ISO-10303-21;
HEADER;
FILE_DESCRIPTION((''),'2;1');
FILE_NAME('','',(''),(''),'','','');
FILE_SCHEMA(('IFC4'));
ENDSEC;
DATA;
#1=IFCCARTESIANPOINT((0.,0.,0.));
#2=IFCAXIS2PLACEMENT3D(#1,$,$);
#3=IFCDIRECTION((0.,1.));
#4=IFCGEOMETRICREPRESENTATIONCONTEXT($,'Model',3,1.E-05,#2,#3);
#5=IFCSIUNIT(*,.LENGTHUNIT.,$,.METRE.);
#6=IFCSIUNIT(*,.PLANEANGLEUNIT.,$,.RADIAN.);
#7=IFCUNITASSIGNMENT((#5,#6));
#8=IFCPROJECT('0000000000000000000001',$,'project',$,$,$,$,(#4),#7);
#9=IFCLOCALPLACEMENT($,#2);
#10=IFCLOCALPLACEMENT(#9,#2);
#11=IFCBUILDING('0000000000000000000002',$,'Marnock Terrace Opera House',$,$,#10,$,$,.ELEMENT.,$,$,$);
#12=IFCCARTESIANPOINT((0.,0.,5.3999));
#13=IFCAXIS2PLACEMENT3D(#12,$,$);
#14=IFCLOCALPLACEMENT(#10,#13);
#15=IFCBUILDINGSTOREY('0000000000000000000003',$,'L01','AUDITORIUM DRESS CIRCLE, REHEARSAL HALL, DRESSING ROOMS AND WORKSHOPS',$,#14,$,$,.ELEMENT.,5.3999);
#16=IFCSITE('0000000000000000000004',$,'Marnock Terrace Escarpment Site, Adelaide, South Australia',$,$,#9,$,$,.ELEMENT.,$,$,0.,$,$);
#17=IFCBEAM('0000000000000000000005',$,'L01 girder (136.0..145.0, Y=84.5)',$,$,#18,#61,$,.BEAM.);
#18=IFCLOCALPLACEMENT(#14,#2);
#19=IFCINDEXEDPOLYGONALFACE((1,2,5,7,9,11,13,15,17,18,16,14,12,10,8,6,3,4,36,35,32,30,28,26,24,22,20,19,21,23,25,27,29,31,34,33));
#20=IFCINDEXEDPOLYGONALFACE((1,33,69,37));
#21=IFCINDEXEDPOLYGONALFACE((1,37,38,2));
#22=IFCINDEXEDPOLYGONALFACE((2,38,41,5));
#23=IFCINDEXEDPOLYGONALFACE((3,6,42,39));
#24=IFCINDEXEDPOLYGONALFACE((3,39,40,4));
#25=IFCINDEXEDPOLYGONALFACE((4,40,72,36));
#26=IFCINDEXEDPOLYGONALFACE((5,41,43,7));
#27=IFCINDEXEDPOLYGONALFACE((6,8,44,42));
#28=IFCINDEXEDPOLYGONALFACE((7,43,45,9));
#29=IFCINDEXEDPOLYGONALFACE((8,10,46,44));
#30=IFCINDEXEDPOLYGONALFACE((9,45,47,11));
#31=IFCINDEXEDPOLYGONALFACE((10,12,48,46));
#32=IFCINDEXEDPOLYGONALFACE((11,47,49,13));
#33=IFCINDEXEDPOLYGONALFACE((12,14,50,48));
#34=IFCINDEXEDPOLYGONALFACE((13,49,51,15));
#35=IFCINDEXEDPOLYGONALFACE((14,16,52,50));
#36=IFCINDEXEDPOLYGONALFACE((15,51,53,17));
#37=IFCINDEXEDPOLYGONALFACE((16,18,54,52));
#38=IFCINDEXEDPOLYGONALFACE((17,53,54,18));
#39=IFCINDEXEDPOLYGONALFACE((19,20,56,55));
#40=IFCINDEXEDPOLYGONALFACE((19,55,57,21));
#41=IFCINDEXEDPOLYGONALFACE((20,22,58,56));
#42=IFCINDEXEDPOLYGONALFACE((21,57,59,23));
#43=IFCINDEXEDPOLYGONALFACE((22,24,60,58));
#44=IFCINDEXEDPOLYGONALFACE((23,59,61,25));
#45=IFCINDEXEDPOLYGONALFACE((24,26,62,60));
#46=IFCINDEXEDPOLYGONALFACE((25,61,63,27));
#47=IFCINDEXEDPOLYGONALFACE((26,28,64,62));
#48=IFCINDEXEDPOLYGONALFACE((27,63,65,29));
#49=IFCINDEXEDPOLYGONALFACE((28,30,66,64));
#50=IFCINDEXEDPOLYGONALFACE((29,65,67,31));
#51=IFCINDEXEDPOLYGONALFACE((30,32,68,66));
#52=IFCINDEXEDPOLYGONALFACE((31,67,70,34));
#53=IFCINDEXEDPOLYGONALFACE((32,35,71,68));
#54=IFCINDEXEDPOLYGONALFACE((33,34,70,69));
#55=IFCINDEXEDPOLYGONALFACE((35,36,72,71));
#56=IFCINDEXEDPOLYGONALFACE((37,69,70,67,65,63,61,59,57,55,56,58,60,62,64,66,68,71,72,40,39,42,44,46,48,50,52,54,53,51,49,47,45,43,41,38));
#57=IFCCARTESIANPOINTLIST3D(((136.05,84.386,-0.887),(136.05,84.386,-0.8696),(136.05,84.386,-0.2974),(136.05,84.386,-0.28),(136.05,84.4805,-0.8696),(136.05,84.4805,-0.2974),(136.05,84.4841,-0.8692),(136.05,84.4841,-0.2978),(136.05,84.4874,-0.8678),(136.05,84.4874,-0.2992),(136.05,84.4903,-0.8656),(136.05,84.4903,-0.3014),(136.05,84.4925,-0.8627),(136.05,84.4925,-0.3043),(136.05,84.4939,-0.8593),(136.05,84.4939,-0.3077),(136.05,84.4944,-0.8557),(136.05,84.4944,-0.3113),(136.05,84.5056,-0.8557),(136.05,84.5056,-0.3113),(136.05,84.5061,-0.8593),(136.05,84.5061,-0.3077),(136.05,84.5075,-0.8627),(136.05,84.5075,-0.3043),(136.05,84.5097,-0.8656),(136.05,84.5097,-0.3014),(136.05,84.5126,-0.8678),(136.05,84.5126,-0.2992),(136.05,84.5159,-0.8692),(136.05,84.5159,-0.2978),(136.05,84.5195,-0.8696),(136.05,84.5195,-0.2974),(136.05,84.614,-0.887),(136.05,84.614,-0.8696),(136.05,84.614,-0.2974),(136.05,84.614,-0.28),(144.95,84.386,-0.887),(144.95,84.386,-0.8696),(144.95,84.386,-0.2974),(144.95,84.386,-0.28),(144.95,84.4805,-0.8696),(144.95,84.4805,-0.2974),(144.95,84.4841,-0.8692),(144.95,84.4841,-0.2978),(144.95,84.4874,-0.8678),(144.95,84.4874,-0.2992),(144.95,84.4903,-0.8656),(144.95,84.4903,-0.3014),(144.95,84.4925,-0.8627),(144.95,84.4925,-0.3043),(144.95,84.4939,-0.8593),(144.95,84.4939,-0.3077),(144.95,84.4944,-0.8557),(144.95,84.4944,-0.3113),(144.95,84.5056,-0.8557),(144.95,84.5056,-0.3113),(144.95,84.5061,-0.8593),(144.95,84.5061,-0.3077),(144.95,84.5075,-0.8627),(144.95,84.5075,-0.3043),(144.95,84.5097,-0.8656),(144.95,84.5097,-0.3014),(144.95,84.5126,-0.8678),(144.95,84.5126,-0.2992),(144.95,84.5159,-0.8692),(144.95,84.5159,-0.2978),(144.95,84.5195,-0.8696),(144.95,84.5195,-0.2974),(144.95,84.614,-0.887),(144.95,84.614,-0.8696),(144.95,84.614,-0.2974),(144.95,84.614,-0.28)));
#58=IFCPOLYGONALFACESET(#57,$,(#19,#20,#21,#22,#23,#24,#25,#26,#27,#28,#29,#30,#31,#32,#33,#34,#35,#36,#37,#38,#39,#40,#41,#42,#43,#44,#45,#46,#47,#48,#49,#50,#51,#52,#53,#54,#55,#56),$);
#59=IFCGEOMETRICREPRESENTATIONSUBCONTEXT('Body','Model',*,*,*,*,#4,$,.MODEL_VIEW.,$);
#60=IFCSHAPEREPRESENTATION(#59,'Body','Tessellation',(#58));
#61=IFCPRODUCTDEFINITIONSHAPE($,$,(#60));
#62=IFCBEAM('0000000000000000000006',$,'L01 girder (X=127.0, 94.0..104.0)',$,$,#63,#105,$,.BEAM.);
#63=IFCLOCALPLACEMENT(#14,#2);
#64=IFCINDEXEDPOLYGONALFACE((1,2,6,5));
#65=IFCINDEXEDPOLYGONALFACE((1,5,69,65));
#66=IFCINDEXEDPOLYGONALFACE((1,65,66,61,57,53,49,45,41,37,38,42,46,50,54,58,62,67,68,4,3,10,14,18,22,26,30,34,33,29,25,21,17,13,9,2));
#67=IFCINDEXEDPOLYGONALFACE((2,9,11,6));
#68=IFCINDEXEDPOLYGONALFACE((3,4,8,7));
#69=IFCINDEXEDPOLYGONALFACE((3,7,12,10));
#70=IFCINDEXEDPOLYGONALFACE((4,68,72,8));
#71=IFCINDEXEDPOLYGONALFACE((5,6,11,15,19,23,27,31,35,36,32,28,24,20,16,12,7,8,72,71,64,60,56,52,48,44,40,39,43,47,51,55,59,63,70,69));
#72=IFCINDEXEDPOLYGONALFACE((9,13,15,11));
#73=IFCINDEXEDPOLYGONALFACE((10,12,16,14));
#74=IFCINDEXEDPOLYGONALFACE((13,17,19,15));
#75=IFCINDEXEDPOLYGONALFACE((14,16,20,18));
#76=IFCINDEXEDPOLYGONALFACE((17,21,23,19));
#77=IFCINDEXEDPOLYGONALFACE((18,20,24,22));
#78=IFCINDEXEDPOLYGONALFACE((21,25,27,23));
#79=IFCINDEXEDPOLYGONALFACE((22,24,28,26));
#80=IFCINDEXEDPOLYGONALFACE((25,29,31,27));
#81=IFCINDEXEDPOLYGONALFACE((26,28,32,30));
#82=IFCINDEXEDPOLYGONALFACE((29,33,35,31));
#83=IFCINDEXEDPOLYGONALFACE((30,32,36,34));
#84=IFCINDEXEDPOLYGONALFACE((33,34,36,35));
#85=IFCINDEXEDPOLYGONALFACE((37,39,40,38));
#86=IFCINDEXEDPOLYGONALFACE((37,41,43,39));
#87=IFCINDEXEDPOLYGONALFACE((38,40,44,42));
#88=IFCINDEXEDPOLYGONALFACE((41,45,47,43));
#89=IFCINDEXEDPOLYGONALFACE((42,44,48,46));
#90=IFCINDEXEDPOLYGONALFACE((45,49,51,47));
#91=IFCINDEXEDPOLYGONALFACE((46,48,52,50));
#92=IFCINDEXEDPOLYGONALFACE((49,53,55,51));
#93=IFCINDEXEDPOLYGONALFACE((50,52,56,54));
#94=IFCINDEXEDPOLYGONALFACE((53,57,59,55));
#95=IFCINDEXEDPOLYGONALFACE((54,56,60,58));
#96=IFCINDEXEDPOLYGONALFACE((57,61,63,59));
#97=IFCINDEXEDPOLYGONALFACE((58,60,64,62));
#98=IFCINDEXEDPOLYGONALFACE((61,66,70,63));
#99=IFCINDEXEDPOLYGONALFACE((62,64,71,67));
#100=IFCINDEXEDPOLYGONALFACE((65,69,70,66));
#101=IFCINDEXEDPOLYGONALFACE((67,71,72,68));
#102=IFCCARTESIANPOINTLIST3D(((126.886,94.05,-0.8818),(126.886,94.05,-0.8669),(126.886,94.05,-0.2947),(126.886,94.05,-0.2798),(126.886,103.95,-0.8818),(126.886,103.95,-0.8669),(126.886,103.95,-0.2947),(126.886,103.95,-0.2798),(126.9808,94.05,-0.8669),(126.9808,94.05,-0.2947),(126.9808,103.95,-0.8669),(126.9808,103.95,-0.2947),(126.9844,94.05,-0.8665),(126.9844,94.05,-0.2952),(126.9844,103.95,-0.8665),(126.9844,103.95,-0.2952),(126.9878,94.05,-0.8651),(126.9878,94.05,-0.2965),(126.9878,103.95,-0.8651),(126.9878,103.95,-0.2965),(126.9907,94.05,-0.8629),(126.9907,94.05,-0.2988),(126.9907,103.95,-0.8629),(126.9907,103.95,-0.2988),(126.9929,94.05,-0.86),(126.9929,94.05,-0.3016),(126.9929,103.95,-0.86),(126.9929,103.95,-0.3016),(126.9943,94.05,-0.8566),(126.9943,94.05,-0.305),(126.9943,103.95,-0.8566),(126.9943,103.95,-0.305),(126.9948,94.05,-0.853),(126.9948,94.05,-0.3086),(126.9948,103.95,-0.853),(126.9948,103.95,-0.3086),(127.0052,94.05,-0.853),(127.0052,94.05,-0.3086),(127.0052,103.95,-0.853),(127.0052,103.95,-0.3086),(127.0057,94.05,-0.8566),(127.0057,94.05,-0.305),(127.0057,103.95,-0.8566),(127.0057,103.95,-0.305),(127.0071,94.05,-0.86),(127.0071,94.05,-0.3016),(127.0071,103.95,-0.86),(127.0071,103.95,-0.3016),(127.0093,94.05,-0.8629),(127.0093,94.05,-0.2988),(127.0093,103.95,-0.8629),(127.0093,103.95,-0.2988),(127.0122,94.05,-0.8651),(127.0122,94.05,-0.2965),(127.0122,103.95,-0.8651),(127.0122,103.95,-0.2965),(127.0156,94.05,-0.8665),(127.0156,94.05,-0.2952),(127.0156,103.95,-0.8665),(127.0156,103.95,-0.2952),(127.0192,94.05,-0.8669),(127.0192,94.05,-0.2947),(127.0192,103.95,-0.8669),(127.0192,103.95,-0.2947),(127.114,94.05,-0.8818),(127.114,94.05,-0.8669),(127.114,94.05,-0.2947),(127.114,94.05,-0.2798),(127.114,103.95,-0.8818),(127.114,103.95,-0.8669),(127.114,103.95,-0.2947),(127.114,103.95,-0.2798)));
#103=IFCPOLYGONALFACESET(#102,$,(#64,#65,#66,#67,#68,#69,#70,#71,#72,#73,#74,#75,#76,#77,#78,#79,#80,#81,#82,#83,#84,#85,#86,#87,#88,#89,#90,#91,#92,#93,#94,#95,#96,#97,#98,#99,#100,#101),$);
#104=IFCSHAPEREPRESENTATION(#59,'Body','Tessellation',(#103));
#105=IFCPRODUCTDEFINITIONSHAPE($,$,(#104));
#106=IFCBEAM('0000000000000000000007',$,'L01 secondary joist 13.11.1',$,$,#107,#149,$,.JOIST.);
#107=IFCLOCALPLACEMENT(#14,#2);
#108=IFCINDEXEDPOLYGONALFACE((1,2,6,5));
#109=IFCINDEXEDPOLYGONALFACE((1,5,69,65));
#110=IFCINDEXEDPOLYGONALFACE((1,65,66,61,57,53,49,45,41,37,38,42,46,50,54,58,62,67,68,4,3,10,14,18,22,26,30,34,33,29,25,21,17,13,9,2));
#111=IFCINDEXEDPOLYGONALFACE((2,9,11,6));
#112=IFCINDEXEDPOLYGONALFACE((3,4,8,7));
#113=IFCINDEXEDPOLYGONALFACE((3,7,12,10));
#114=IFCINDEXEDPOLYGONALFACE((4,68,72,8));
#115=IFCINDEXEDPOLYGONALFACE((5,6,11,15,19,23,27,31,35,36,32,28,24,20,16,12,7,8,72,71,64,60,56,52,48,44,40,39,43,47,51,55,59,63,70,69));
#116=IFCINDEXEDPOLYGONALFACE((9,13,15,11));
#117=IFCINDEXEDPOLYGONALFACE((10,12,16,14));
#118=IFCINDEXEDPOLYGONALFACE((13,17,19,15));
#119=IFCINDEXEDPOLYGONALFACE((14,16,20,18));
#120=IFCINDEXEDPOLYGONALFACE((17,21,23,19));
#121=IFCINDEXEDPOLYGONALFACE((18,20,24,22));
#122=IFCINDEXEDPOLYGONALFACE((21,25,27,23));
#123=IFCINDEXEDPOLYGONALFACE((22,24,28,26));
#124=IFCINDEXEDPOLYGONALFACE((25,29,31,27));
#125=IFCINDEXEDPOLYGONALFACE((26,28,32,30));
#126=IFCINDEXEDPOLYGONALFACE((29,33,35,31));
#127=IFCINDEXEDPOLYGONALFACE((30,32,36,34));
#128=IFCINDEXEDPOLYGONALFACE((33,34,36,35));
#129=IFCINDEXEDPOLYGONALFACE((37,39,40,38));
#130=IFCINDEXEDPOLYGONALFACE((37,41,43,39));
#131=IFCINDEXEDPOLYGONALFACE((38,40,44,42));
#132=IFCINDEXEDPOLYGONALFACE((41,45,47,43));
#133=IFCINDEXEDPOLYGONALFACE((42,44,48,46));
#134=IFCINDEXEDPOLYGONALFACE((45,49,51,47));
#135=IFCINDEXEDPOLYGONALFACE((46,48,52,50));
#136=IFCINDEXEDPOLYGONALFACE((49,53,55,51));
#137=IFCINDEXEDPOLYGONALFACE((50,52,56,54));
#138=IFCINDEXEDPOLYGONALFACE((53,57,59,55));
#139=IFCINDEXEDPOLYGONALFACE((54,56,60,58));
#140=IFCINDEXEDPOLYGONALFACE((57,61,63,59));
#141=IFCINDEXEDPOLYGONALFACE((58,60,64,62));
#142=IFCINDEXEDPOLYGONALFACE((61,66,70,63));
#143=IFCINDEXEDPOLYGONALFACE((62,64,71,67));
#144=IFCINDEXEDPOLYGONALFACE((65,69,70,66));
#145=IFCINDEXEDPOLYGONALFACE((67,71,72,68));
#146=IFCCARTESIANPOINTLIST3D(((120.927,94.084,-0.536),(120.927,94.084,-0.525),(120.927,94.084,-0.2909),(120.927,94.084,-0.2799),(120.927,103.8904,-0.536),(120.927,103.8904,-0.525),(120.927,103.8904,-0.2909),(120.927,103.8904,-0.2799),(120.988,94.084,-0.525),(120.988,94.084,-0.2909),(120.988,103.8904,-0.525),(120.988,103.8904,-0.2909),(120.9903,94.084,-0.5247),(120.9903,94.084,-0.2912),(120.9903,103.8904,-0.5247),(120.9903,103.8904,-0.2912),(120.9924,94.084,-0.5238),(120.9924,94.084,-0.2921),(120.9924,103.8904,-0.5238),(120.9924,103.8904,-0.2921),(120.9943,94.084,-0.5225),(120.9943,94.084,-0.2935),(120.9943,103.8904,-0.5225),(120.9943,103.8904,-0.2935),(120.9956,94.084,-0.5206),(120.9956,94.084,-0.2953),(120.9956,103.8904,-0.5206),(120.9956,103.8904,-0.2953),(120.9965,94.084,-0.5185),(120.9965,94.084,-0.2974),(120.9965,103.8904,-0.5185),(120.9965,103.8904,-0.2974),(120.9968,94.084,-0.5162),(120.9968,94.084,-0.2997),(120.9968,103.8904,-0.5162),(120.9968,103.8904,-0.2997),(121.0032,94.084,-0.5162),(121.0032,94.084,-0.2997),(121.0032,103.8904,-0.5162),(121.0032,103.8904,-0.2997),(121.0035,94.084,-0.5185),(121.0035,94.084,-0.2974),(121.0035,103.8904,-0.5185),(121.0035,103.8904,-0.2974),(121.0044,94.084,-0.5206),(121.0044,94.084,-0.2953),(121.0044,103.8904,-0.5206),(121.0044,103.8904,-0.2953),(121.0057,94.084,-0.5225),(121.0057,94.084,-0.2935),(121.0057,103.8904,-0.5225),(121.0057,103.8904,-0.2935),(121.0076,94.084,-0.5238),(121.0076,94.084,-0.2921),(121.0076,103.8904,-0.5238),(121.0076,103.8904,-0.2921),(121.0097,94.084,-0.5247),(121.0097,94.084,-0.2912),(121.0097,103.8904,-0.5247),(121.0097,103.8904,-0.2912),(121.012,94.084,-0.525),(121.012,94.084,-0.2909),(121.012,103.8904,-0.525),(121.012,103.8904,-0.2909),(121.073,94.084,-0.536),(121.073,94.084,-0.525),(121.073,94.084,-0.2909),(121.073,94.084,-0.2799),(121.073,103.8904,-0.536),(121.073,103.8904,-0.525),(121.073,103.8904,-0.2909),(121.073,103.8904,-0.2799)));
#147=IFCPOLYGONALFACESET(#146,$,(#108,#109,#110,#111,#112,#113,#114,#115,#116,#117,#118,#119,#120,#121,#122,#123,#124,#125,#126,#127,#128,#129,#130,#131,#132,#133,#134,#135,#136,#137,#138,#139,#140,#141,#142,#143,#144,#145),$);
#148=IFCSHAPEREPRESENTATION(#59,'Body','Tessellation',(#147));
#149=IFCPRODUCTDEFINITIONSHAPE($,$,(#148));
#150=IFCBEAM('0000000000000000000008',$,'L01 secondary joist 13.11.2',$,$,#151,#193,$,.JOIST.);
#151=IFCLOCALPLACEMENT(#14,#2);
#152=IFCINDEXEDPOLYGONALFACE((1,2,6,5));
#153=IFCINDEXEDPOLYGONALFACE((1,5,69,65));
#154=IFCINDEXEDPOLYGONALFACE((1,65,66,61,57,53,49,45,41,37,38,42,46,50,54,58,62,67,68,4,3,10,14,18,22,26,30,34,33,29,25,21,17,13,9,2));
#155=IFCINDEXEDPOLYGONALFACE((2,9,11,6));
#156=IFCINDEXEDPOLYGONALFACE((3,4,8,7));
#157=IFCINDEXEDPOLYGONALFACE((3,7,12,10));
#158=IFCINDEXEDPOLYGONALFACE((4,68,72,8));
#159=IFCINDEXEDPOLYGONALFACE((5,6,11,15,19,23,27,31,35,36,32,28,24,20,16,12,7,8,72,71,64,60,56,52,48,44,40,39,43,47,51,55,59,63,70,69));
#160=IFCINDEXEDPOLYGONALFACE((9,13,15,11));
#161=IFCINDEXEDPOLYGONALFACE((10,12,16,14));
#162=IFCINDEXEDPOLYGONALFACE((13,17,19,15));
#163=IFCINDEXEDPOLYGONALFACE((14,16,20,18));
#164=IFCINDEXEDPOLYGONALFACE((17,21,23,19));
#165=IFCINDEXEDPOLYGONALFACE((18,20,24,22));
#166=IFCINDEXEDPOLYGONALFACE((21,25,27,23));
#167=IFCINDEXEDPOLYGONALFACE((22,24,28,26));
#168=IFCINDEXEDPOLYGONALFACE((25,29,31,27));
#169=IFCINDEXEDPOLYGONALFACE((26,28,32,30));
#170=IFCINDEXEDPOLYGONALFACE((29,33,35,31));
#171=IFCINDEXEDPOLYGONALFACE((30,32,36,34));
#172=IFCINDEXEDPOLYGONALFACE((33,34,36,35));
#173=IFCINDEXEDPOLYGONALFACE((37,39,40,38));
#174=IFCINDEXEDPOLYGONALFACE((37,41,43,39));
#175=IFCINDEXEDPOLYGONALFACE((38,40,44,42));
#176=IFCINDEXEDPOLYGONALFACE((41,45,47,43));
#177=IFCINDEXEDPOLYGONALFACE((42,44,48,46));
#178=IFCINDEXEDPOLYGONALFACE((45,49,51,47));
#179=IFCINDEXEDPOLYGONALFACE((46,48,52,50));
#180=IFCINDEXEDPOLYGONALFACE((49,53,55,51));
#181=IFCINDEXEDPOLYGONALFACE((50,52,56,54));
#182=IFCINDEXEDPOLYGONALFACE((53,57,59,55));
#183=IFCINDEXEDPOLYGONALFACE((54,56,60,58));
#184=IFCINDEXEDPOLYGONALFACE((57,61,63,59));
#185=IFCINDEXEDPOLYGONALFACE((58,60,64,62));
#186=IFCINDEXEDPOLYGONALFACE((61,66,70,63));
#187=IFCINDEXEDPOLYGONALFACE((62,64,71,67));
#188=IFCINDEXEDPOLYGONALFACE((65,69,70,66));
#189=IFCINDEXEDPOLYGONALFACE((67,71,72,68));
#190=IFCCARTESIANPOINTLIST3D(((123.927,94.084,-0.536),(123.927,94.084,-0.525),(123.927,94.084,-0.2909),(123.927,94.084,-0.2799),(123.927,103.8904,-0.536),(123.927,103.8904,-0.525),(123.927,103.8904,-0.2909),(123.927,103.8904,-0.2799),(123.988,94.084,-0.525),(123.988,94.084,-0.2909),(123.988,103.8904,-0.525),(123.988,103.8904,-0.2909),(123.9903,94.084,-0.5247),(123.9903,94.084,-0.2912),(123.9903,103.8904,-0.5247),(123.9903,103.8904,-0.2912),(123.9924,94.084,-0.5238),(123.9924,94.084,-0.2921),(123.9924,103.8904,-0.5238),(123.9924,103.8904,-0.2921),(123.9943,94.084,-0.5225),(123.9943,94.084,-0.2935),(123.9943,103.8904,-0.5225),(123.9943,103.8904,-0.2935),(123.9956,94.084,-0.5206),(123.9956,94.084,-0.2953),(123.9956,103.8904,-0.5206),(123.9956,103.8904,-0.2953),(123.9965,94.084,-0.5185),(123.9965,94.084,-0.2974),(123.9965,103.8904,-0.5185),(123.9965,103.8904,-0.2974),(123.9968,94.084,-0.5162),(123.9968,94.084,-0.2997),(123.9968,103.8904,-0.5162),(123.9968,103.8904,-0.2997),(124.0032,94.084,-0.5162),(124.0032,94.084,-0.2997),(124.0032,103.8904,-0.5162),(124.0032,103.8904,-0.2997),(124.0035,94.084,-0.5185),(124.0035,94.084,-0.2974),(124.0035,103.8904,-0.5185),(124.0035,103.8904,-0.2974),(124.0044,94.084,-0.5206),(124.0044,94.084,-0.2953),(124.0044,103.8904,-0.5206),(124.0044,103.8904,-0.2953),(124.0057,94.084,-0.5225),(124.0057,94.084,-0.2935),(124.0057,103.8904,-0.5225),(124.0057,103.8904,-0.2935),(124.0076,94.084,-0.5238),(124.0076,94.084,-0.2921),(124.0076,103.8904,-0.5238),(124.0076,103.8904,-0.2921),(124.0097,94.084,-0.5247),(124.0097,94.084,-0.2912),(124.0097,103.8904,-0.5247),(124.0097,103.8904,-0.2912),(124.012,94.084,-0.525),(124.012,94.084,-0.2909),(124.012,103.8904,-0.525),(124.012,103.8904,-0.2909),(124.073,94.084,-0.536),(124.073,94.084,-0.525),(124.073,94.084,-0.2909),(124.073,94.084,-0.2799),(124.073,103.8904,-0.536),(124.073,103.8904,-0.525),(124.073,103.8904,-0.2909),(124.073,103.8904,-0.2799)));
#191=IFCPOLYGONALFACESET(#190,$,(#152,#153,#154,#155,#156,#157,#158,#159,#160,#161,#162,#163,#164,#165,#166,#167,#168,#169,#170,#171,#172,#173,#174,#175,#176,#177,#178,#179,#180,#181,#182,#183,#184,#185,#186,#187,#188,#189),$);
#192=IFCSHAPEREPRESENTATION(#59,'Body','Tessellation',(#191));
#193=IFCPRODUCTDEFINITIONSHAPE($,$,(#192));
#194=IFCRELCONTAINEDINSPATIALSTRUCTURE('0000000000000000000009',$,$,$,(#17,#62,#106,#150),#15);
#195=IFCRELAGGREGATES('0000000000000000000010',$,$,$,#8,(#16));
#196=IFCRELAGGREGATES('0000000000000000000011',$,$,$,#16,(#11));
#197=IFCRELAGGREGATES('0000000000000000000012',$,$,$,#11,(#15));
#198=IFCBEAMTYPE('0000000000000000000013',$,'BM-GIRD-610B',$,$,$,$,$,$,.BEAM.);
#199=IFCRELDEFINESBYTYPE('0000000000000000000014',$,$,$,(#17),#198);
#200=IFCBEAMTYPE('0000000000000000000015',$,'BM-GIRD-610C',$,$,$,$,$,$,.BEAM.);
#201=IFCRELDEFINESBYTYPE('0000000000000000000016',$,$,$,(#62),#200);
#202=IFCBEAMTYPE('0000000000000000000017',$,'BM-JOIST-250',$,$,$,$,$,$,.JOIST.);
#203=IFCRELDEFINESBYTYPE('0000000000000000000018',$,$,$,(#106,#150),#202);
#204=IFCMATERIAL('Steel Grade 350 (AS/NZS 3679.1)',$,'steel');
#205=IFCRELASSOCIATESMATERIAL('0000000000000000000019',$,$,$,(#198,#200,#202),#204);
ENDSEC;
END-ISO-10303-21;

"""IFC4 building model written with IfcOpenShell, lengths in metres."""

from ifc_helpers import new_model, si_unit, direction, frame, origin, origin_2d, place, context, subcontext, project, spatial, i_section, extrude, material, material_profile, profile_set, type_object, element, save


model = new_model("IFC4")

# Units and contexts
model_context = context("Model", 3, precision=1e-05, world=origin(), true_north=direction((0.0, 1.0)))
body_context = subcontext(model_context, "Body", "Model", "MODEL_VIEW")
ifc_project = project(units=[si_unit("LENGTHUNIT", "METRE"), si_unit("PLANEANGLEUNIT", "RADIAN")], contexts=[model_context])

# Site, building, storey
site_placement = place(None, origin())
site = spatial("IfcSite", under=ifc_project, at=site_placement, Name="Marnock Terrace Escarpment Site, Adelaide, South Australia", CompositionType="ELEMENT", RefElevation=0.0)
building_placement = place(site_placement, origin())
building = spatial("IfcBuilding", under=site, at=building_placement, Name="Marnock Terrace Opera House", CompositionType="ELEMENT")
storey_placement = place(building_placement, frame((0.0, 0.0, 5.3999)))
storey = spatial("IfcBuildingStorey", under=building, at=storey_placement, Name="L01", Description="AUDITORIUM DRESS CIRCLE, REHEARSAL HALL, DRESSING ROOMS AND WORKSHOPS", CompositionType="ELEMENT", Elevation=5.3999)

# Beams
ifc_material_1 = material(Name="Steel Grade 350 (AS/NZS 3679.1)", Category="steel")
ifc_material_profile_1 = material_profile(ifc_material_1, i_section(OverallWidth=0.228, OverallDepth=0.6069, WebThickness=0.0112, FlangeThickness=0.0173, FilletRadius=0.0139, at=origin_2d()))
ifc_profile_set_1 = profile_set([ifc_material_profile_1], Name="Steel Grade 350 (AS/NZS 3679.1)")
beam_type_1 = type_object("IfcBeamType", Name="BM-GIRD-610B", PredefinedType="BEAM", material=ifc_profile_set_1)
beam_1_placement = place(storey_placement, frame((136.05, 84.5, -0.5835), z_axis=(1.0, 0.0, 0.0), x_axis=(0.0, 1.0, 0.0)))
element("IfcBeam", 1, at=beam_1_placement, inside=storey, type_object=beam_type_1, Name="L01 girder (136.0..145.0, Y=84.5)", PredefinedType="BEAM", context=body_context, shape_type="SweptSolid", body=[
    extrude(i_section(OverallWidth=0.228, OverallDepth=0.6069, WebThickness=0.0112, FlangeThickness=0.0173, FilletRadius=0.0139, at=origin_2d()), origin(), (0.0, 0.0, 1.0), 8.8999),
])
ifc_material_profile_2 = material_profile(ifc_material_1, i_section(OverallWidth=0.228, OverallDepth=0.6021, WebThickness=0.0105, FlangeThickness=0.0149, FilletRadius=0.0139, at=origin_2d()))
ifc_profile_set_2 = profile_set([ifc_material_profile_2], Name="Steel Grade 350 (AS/NZS 3679.1)")
beam_type_2 = type_object("IfcBeamType", Name="BM-GIRD-610C", PredefinedType="BEAM", material=ifc_profile_set_2)
beam_2_placement = place(storey_placement, frame((127.0, 94.05, -0.5808), z_axis=(0.0, 1.0, 0.0), x_axis=(-1.0, 0.0, 0.0)))
element("IfcBeam", 2, at=beam_2_placement, inside=storey, type_object=beam_type_2, Name="L01 girder (X=127.0, 94.0..104.0)", PredefinedType="BEAM", context=body_context, shape_type="SweptSolid", body=[
    extrude(i_section(OverallWidth=0.228, OverallDepth=0.6021, WebThickness=0.0105, FlangeThickness=0.0149, FilletRadius=0.0139, at=origin_2d()), origin(), (0.0, 0.0, 1.0), 9.8999),
])
ifc_material_profile_3 = material_profile(ifc_material_1, i_section(OverallWidth=0.146, OverallDepth=0.2561, WebThickness=0.0063, FlangeThickness=0.011, FilletRadius=0.0088, at=origin_2d()))
ifc_profile_set_3 = profile_set([ifc_material_profile_3], Name="Steel Grade 350 (AS/NZS 3679.1)")
beam_type_3 = type_object("IfcBeamType", Name="BM-JOIST-250", PredefinedType="JOIST", material=ifc_profile_set_3)
for number, where, z_axis, x_axis, name in (
    (3, (121.0, 94.084, -0.408), (0.0, 1.0, 0.0), (-1.0, 0.0, 0.0), "L01 secondary joist 13.11.1"),
    (4, (124.0, 94.084, -0.408), (0.0, 1.0, 0.0), (-1.0, 0.0, 0.0), "L01 secondary joist 13.11.2"),
):
    element("IfcBeam", number, at=place(storey_placement, frame(where, z_axis=z_axis, x_axis=x_axis)), inside=storey, type_object=beam_type_3, Name=name, PredefinedType="JOIST", context=body_context, shape_type="SweptSolid", body=[
        extrude(i_section(OverallWidth=0.146, OverallDepth=0.2561, WebThickness=0.0063, FlangeThickness=0.011, FilletRadius=0.0088, at=origin_2d()), origin(), (0.0, 0.0, 1.0), 9.8064),
    ])

save(model, "model.ifc")
